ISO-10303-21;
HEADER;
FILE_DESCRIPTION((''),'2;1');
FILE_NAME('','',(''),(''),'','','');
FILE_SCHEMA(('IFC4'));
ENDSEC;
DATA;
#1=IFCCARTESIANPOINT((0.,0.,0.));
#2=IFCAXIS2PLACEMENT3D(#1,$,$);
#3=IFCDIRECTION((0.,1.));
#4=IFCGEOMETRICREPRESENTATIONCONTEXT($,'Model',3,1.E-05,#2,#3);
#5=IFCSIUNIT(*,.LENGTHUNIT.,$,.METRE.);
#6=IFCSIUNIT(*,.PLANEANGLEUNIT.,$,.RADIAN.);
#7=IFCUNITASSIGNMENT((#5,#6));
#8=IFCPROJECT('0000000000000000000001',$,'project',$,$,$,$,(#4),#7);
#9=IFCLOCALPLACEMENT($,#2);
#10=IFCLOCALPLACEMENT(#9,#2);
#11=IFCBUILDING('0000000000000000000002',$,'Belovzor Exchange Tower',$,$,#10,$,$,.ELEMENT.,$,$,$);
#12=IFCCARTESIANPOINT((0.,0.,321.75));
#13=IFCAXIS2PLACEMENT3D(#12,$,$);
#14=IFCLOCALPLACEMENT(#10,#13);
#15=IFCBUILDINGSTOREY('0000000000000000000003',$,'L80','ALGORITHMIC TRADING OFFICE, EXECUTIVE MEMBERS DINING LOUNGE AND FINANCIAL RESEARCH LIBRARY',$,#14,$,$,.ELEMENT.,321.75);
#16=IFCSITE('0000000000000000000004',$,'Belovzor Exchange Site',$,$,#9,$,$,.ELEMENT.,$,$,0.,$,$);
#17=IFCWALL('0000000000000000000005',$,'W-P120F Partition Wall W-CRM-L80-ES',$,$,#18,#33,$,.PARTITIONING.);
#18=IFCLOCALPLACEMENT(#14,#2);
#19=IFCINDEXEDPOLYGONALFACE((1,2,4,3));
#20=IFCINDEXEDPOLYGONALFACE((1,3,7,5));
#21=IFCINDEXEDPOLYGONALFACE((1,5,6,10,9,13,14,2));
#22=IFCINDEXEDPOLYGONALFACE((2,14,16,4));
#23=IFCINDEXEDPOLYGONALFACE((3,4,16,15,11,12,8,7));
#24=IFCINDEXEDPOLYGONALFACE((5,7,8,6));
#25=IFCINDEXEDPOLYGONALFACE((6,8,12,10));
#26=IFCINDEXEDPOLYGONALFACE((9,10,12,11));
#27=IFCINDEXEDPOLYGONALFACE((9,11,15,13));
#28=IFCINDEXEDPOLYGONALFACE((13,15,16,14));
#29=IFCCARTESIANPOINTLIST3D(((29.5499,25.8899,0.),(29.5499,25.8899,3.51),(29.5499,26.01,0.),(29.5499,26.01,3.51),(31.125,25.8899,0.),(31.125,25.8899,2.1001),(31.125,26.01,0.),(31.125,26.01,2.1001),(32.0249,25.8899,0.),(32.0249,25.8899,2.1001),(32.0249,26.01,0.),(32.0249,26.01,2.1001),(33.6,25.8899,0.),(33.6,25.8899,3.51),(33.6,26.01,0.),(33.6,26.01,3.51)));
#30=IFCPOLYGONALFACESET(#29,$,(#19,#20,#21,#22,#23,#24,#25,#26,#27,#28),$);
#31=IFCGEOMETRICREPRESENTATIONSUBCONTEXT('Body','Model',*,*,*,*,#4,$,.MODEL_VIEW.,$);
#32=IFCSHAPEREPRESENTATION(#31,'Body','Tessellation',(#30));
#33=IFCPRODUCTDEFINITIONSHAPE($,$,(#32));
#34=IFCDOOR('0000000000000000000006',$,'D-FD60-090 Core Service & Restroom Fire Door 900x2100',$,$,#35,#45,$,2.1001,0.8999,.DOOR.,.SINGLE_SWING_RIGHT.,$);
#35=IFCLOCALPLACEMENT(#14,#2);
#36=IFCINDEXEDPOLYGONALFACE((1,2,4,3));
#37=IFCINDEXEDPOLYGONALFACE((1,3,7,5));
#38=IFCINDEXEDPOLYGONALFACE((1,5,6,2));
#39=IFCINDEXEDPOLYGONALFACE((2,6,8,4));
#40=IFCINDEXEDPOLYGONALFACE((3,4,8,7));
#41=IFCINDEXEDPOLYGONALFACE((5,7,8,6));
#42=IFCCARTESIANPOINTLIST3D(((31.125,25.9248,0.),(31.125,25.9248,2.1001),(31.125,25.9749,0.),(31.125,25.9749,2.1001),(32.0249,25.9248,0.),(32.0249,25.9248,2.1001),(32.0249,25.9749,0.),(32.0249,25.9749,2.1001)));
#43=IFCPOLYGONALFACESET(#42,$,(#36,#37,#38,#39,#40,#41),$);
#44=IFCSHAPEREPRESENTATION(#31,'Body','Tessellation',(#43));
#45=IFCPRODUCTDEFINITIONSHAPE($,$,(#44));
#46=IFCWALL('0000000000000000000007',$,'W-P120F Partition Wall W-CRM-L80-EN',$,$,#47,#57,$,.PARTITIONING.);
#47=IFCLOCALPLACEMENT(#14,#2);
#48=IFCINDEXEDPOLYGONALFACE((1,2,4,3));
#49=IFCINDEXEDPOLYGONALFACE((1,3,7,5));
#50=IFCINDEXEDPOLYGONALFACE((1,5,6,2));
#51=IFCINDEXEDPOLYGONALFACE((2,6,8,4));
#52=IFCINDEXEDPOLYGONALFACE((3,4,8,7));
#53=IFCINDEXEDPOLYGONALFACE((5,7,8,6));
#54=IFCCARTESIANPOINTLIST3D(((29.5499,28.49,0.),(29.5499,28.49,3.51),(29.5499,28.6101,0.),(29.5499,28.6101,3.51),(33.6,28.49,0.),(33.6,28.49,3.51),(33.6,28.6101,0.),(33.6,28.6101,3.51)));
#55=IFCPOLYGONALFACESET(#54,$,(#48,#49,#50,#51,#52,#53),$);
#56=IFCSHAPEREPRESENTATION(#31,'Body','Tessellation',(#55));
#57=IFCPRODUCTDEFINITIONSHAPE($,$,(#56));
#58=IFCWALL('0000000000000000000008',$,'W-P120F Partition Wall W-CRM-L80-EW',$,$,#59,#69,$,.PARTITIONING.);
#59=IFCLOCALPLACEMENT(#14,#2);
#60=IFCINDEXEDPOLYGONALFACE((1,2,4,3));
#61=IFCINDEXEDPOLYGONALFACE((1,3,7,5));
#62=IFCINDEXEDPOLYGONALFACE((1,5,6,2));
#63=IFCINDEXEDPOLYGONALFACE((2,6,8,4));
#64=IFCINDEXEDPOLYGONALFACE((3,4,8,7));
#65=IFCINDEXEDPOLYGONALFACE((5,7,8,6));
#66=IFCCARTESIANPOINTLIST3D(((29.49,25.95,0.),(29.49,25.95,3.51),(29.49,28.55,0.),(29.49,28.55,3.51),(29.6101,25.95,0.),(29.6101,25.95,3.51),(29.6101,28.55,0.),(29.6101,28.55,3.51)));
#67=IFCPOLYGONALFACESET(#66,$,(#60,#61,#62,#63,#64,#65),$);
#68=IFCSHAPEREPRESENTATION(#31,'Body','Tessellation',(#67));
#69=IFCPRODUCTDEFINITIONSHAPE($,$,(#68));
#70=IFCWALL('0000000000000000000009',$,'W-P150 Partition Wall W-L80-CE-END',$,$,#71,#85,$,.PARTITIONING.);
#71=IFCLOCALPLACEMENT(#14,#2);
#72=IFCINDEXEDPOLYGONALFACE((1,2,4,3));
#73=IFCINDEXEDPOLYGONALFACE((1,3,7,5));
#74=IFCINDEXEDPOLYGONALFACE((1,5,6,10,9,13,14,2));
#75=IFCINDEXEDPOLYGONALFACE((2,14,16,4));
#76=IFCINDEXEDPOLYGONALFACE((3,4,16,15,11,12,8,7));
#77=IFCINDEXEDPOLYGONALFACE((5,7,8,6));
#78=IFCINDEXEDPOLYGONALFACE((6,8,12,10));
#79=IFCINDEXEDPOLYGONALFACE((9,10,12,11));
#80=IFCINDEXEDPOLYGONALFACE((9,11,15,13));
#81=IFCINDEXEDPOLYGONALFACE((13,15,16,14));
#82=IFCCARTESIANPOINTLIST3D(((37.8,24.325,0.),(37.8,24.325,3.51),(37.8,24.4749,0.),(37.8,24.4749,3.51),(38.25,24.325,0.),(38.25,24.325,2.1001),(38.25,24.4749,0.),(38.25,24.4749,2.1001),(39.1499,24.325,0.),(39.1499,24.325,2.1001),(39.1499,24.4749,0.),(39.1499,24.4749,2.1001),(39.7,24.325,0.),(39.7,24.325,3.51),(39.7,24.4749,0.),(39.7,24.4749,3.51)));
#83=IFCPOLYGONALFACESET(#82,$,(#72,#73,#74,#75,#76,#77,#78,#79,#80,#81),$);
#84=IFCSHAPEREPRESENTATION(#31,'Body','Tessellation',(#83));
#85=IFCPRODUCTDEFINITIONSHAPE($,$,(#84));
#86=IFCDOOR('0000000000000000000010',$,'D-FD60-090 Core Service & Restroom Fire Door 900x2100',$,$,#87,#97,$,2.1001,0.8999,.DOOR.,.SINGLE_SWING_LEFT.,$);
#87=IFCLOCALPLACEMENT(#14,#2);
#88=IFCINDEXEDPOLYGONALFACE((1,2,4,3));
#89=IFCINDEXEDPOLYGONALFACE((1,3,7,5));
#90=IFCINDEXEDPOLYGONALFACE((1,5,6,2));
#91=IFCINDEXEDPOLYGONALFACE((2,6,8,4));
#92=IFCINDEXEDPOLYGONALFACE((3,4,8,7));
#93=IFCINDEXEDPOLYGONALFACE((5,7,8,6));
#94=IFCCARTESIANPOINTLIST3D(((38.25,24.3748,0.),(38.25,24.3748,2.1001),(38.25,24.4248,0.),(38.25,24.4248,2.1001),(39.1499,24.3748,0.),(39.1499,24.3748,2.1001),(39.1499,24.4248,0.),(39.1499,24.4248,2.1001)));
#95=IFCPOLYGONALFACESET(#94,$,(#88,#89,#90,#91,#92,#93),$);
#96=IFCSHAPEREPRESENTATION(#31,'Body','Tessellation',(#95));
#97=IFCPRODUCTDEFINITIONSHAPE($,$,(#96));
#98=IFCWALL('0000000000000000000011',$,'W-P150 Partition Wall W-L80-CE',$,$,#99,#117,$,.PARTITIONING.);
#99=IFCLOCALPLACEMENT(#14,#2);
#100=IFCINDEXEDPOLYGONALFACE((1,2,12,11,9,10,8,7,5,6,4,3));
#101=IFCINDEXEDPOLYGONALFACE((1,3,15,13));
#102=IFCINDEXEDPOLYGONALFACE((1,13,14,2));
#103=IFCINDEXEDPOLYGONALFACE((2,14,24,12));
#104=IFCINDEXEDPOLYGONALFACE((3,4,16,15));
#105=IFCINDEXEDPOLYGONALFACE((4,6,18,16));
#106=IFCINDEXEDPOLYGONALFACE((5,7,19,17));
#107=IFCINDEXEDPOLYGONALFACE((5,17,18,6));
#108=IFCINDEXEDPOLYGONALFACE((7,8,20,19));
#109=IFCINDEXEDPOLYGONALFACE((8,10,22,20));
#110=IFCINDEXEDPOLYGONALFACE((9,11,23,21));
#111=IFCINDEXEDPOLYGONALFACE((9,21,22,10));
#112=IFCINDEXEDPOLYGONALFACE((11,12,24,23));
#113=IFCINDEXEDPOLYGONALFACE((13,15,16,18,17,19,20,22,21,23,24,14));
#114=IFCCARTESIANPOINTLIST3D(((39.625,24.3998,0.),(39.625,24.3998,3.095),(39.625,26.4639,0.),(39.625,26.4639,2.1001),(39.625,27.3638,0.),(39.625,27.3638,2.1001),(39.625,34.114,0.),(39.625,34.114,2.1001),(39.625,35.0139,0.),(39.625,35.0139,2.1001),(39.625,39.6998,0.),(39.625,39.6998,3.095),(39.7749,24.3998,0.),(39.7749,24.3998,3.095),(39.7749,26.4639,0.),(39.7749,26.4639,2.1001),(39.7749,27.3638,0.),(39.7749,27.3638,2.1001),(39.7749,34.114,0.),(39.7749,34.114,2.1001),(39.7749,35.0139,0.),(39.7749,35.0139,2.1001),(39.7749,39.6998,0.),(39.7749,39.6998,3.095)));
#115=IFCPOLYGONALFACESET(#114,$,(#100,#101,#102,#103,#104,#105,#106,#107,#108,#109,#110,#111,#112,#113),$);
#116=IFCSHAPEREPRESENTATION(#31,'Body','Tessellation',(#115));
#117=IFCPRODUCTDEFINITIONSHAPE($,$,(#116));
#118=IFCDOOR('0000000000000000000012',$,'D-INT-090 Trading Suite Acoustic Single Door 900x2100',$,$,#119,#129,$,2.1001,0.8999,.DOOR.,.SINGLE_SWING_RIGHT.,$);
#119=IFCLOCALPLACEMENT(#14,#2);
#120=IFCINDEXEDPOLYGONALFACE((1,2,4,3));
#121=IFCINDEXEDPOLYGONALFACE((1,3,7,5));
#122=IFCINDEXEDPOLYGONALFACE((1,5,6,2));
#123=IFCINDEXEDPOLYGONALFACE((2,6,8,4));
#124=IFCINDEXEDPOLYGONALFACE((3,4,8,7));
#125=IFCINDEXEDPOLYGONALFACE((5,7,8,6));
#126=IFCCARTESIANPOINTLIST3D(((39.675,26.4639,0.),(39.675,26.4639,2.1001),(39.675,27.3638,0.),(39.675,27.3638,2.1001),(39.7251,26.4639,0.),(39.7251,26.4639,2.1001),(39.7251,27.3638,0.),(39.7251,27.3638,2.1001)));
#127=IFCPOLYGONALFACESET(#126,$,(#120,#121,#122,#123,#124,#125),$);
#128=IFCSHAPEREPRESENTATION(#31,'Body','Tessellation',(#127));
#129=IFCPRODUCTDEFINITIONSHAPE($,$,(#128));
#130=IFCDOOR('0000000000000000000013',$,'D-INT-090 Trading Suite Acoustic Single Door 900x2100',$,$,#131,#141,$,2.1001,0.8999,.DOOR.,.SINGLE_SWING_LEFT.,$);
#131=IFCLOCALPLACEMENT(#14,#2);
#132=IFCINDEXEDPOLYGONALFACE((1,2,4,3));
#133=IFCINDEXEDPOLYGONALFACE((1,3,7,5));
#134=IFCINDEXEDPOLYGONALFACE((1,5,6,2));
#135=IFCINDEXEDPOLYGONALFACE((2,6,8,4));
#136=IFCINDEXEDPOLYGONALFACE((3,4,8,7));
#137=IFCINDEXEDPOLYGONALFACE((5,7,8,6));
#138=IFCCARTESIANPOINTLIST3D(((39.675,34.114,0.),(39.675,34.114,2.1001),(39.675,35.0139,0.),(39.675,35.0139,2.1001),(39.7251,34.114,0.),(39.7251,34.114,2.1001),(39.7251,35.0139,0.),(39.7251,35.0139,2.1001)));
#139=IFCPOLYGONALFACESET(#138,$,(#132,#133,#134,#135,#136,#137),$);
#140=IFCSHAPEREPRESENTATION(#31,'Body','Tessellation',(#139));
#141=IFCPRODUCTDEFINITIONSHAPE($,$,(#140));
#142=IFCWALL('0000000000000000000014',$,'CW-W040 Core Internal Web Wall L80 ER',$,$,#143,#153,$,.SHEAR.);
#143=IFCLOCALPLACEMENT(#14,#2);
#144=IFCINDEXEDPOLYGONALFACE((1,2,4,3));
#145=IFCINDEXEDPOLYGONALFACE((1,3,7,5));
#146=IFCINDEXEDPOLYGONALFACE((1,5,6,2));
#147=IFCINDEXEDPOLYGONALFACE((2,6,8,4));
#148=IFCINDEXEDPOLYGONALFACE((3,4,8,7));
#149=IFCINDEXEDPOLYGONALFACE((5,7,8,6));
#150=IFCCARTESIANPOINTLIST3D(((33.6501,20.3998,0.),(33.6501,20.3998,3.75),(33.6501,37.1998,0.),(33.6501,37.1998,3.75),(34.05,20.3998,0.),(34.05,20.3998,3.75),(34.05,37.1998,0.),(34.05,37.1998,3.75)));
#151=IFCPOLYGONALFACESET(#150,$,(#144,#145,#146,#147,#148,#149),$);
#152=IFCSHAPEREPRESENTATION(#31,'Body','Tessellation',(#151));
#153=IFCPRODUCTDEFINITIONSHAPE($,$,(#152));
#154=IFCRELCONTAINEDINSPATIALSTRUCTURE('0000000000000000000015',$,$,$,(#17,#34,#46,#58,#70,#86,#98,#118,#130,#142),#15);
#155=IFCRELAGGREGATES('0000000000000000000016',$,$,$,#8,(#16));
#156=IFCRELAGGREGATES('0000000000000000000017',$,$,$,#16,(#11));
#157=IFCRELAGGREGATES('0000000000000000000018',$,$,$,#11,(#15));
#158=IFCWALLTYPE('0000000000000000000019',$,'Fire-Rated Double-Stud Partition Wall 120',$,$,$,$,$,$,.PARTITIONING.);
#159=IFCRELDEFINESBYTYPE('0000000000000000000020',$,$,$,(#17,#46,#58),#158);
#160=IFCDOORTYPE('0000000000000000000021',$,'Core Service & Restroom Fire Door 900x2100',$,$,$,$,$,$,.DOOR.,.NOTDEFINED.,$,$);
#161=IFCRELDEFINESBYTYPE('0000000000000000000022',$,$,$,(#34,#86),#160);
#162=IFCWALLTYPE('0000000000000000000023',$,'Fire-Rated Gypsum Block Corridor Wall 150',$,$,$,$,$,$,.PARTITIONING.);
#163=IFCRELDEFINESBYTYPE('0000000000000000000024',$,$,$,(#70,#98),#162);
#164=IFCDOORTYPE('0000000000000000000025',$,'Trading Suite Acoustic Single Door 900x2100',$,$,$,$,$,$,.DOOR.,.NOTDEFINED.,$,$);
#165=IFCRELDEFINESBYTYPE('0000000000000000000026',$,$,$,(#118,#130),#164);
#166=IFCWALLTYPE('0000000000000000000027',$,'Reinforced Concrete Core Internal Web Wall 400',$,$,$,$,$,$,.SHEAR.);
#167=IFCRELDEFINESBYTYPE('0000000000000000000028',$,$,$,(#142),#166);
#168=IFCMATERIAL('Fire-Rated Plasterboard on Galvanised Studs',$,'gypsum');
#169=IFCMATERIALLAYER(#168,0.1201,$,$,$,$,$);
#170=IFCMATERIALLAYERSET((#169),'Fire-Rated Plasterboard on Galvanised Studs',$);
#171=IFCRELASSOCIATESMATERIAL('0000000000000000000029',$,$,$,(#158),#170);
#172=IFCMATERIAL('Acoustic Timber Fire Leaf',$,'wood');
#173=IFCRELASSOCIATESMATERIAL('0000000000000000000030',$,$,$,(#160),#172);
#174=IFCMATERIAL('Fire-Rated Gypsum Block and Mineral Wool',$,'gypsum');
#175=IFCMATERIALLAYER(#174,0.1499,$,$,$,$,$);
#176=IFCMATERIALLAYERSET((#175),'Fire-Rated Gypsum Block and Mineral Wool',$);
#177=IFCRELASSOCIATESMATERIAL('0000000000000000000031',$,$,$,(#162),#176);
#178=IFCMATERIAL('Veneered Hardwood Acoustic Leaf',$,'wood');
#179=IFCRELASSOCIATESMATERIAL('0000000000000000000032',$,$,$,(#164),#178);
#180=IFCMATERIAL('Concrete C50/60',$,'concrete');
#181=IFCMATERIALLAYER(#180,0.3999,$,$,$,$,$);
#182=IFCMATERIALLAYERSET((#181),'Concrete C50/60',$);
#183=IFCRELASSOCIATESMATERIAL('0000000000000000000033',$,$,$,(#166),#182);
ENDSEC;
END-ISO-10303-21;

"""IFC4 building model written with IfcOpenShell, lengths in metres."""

from ifc_helpers import new_model, si_unit, direction, frame, frame_2d, origin, place, context, subcontext, project, spatial, rectangle, extrude, material, layer, layer_set, type_object, element, fill, save


model = new_model("IFC4")

# Units and contexts
model_context = context("Model", 3, precision=1e-05, world=origin(), true_north=direction((0.0, 1.0)))
body_context = subcontext(model_context, "Body", "Model", "MODEL_VIEW")
ifc_project = project(units=[si_unit("LENGTHUNIT", "METRE"), si_unit("PLANEANGLEUNIT", "RADIAN")], contexts=[model_context])

# Site, building, storey
site_placement = place(None, origin())
site = spatial("IfcSite", under=ifc_project, at=site_placement, Name="Belovzor Exchange Site", CompositionType="ELEMENT", RefElevation=0.0)
building_placement = place(site_placement, origin())
building = spatial("IfcBuilding", under=site, at=building_placement, Name="Belovzor Exchange Tower", CompositionType="ELEMENT")
storey_placement = place(building_placement, frame((0.0, 0.0, 321.75)))
storey = spatial("IfcBuildingStorey", under=building, at=storey_placement, Name="L80", Description="ALGORITHMIC TRADING OFFICE, EXECUTIVE MEMBERS DINING LOUNGE AND FINANCIAL RESEARCH LIBRARY", CompositionType="ELEMENT", Elevation=321.75)

# Shared definitions
ifc_material_1 = material(Name="Fire-Rated Plasterboard on Galvanised Studs", Category="gypsum")
ifc_layer_1 = layer(ifc_material_1, 0.1201)
ifc_layer_set_1 = layer_set([ifc_layer_1], Name="Fire-Rated Plasterboard on Galvanised Studs")
wall_type_1 = type_object("IfcWallType", Name="Fire-Rated Double-Stud Partition Wall 120", PredefinedType="PARTITIONING", material=ifc_layer_set_1)

# Shared definitions
ifc_material_2 = material(Name="Acoustic Timber Fire Leaf", Category="wood")
door_type_1 = type_object("IfcDoorType", Name="Core Service & Restroom Fire Door 900x2100", OperationType="NOTDEFINED", PredefinedType="DOOR", material=ifc_material_2)

# Wall, opening, door
wall_1_placement = place(storey_placement, frame((29.55, 25.95, 0.0), z_axis=(0.0, 0.0, 1.0), x_axis=(1.0, 0.0, 0.0)))
wall_1 = element("IfcWall", 1, at=wall_1_placement, inside=storey, type_object=wall_type_1, Name="W-P120F Partition Wall W-CRM-L80-ES", PredefinedType="PARTITIONING", context=body_context, shape_type="SweptSolid", body=[
    extrude(rectangle(XDim=4.05, YDim=0.1201, at=frame_2d((2.0249, 0.0))), origin(), (0.0, 0.0, 1.0), 3.51),
])
opening_1_placement = place(wall_1_placement, frame((1.575, 0.0, 0.0)))
opening_1 = element("IfcOpeningElement", 2, at=opening_1_placement, cuts=wall_1, PredefinedType="OPENING", context=body_context, shape_type="SweptSolid", body=[
    extrude(rectangle(XDim=0.8999, YDim=2.1001, at=frame_2d((0.45, 1.05))), frame((0.0, 0.0701, 0.0), z_axis=(0.0, -1.0, 0.0), x_axis=(1.0, 0.0, 0.0)), (0.0, 0.0, 1.0), 0.1401),
])
door_1_placement = place(opening_1_placement, origin())
door_1 = element("IfcDoor", 3, at=door_1_placement, inside=storey, type_object=door_type_1, Name="D-FD60-090 Core Service & Restroom Fire Door 900x2100", OperationType="SINGLE_SWING_RIGHT", OverallHeight=2.1001, OverallWidth=0.8999, PredefinedType="DOOR", context=body_context, shape_type="SweptSolid", body=[
    extrude(rectangle(XDim=0.8999, YDim=2.1001, at=frame_2d((0.45, 1.05))), frame((0.0, 0.0249, 0.0), z_axis=(0.0, -1.0, 0.0), x_axis=(1.0, 0.0, 0.0)), (0.0, 0.0, 1.0), 0.05),
])
fill(opening_1, door_1)

# Walls
wall_2_placement = place(storey_placement, frame((29.55, 28.55, 0.0), z_axis=(0.0, 0.0, 1.0), x_axis=(1.0, 0.0, 0.0)))
element("IfcWall", 4, at=wall_2_placement, inside=storey, type_object=wall_type_1, Name="W-P120F Partition Wall W-CRM-L80-EN", PredefinedType="PARTITIONING", context=body_context, shape_type="SweptSolid", body=[
    extrude(rectangle(XDim=4.05, YDim=0.1201, at=frame_2d((2.0249, 0.0))), origin(), (0.0, 0.0, 1.0), 3.51),
])
wall_3_placement = place(storey_placement, frame((29.55, 25.95, 0.0), z_axis=(0.0, 0.0, 1.0), x_axis=(0.0, 1.0, 0.0)))
element("IfcWall", 5, at=wall_3_placement, inside=storey, type_object=wall_type_1, Name="W-P120F Partition Wall W-CRM-L80-EW", PredefinedType="PARTITIONING", context=body_context, shape_type="SweptSolid", body=[
    extrude(rectangle(XDim=2.6001, YDim=0.1201, at=frame_2d((1.3, 0.0))), origin(), (0.0, 0.0, 1.0), 3.51),
])

# Wall, opening, door
ifc_material_3 = material(Name="Fire-Rated Gypsum Block and Mineral Wool", Category="gypsum")
ifc_layer_2 = layer(ifc_material_3, 0.1499)
ifc_layer_set_2 = layer_set([ifc_layer_2], Name="Fire-Rated Gypsum Block and Mineral Wool")
wall_type_2 = type_object("IfcWallType", Name="Fire-Rated Gypsum Block Corridor Wall 150", PredefinedType="PARTITIONING", material=ifc_layer_set_2)
wall_4_placement = place(storey_placement, frame((37.8, 24.3999, 0.0), z_axis=(0.0, 0.0, 1.0), x_axis=(1.0, 0.0, 0.0)))
wall_4 = element("IfcWall", 6, at=wall_4_placement, inside=storey, type_object=wall_type_2, Name="W-P150 Partition Wall W-L80-CE-END", PredefinedType="PARTITIONING", context=body_context, shape_type="SweptSolid", body=[
    extrude(rectangle(XDim=1.8999, YDim=0.1499, at=frame_2d((0.95, 0.0))), origin(), (0.0, 0.0, 1.0), 3.51),
])
opening_2_placement = place(wall_4_placement, frame((0.45, 0.0, 0.0)))
opening_2 = element("IfcOpeningElement", 7, at=opening_2_placement, cuts=wall_4, PredefinedType="OPENING", context=body_context, shape_type="SweptSolid", body=[
    extrude(rectangle(XDim=0.8999, YDim=2.1001, at=frame_2d((0.45, 1.05))), frame((0.0, 0.085, 0.0), z_axis=(0.0, -1.0, 0.0), x_axis=(1.0, 0.0, 0.0)), (0.0, 0.0, 1.0), 0.1699),
])
door_2_placement = place(opening_2_placement, origin())
door_2 = element("IfcDoor", 8, at=door_2_placement, inside=storey, type_object=door_type_1, Name="D-FD60-090 Core Service & Restroom Fire Door 900x2100", OperationType="SINGLE_SWING_LEFT", OverallHeight=2.1001, OverallWidth=0.8999, PredefinedType="DOOR", context=body_context, shape_type="SweptSolid", body=[
    extrude(rectangle(XDim=0.8999, YDim=2.1001, at=frame_2d((0.45, 1.05))), frame((0.0, 0.0249, 0.0), z_axis=(0.0, -1.0, 0.0), x_axis=(1.0, 0.0, 0.0)), (0.0, 0.0, 1.0), 0.05),
])
fill(opening_2, door_2)

# Wall, openings, doors
wall_5_placement = place(storey_placement, frame((39.7, 24.3999, 0.0), z_axis=(0.0, 0.0, 1.0), x_axis=(0.0, 1.0, 0.0)))
wall_5 = element("IfcWall", 9, at=wall_5_placement, inside=storey, type_object=wall_type_2, Name="W-P150 Partition Wall W-L80-CE", PredefinedType="PARTITIONING", context=body_context, shape_type="SweptSolid", body=[
    extrude(rectangle(XDim=15.3, YDim=0.1499, at=frame_2d((7.6499, 0.0))), origin(), (0.0, 0.0, 1.0), 3.095),
])
opening_3_placement = place(wall_5_placement, frame((2.064, 0.0, 0.0)))
opening_3 = element("IfcOpeningElement", 10, at=opening_3_placement, cuts=wall_5, PredefinedType="OPENING", context=body_context, shape_type="SweptSolid", body=[
    extrude(rectangle(XDim=0.8999, YDim=2.1001, at=frame_2d((0.45, 1.05))), frame((0.0, 0.085, 0.0), z_axis=(0.0, -1.0, 0.0), x_axis=(1.0, 0.0, 0.0)), (0.0, 0.0, 1.0), 0.1699),
])
opening_4_placement = place(wall_5_placement, frame((9.7141, 0.0, 0.0)))
opening_4 = element("IfcOpeningElement", 11, at=opening_4_placement, cuts=wall_5, PredefinedType="OPENING", context=body_context, shape_type="SweptSolid", body=[
    extrude(rectangle(XDim=0.8999, YDim=2.1001, at=frame_2d((0.45, 1.05))), frame((0.0, 0.085, 0.0), z_axis=(0.0, -1.0, 0.0), x_axis=(1.0, 0.0, 0.0)), (0.0, 0.0, 1.0), 0.1699),
])
ifc_material_4 = material(Name="Veneered Hardwood Acoustic Leaf", Category="wood")
door_type_2 = type_object("IfcDoorType", Name="Trading Suite Acoustic Single Door 900x2100", OperationType="NOTDEFINED", PredefinedType="DOOR", material=ifc_material_4)
door_3_placement = place(opening_3_placement, origin())
door_3 = element("IfcDoor", 12, at=door_3_placement, inside=storey, type_object=door_type_2, Name="D-INT-090 Trading Suite Acoustic Single Door 900x2100", OperationType="SINGLE_SWING_RIGHT", OverallHeight=2.1001, OverallWidth=0.8999, PredefinedType="DOOR", context=body_context, shape_type="SweptSolid", body=[
    extrude(rectangle(XDim=0.8999, YDim=2.1001, at=frame_2d((0.45, 1.05))), frame((0.0, 0.0249, 0.0), z_axis=(0.0, -1.0, 0.0), x_axis=(1.0, 0.0, 0.0)), (0.0, 0.0, 1.0), 0.05),
])
fill(opening_3, door_3)
door_4_placement = place(opening_4_placement, origin())
door_4 = element("IfcDoor", 13, at=door_4_placement, inside=storey, type_object=door_type_2, Name="D-INT-090 Trading Suite Acoustic Single Door 900x2100", OperationType="SINGLE_SWING_LEFT", OverallHeight=2.1001, OverallWidth=0.8999, PredefinedType="DOOR", context=body_context, shape_type="SweptSolid", body=[
    extrude(rectangle(XDim=0.8999, YDim=2.1001, at=frame_2d((0.45, 1.05))), frame((0.0, 0.0249, 0.0), z_axis=(0.0, -1.0, 0.0), x_axis=(1.0, 0.0, 0.0)), (0.0, 0.0, 1.0), 0.05),
])
fill(opening_4, door_4)

# Wall
ifc_material_5 = material(Name="Concrete C50/60", Category="concrete")
ifc_layer_3 = layer(ifc_material_5, 0.3999)
ifc_layer_set_3 = layer_set([ifc_layer_3], Name="Concrete C50/60")
wall_type_3 = type_object("IfcWallType", Name="Reinforced Concrete Core Internal Web Wall 400", PredefinedType="SHEAR", material=ifc_layer_set_3)
wall_6_placement = place(storey_placement, frame((33.8501, 20.3999, 0.0), z_axis=(0.0, 0.0, 1.0), x_axis=(0.0, 1.0, 0.0)))
element("IfcWall", 14, at=wall_6_placement, inside=storey, type_object=wall_type_3, Name="CW-W040 Core Internal Web Wall L80 ER", PredefinedType="SHEAR", context=body_context, shape_type="SweptSolid", body=[
    extrude(rectangle(XDim=16.8, YDim=0.3999, at=frame_2d((8.3999, 0.0))), origin(), (0.0, 0.0, 1.0), 3.75),
])

save(model, "model.ifc")
